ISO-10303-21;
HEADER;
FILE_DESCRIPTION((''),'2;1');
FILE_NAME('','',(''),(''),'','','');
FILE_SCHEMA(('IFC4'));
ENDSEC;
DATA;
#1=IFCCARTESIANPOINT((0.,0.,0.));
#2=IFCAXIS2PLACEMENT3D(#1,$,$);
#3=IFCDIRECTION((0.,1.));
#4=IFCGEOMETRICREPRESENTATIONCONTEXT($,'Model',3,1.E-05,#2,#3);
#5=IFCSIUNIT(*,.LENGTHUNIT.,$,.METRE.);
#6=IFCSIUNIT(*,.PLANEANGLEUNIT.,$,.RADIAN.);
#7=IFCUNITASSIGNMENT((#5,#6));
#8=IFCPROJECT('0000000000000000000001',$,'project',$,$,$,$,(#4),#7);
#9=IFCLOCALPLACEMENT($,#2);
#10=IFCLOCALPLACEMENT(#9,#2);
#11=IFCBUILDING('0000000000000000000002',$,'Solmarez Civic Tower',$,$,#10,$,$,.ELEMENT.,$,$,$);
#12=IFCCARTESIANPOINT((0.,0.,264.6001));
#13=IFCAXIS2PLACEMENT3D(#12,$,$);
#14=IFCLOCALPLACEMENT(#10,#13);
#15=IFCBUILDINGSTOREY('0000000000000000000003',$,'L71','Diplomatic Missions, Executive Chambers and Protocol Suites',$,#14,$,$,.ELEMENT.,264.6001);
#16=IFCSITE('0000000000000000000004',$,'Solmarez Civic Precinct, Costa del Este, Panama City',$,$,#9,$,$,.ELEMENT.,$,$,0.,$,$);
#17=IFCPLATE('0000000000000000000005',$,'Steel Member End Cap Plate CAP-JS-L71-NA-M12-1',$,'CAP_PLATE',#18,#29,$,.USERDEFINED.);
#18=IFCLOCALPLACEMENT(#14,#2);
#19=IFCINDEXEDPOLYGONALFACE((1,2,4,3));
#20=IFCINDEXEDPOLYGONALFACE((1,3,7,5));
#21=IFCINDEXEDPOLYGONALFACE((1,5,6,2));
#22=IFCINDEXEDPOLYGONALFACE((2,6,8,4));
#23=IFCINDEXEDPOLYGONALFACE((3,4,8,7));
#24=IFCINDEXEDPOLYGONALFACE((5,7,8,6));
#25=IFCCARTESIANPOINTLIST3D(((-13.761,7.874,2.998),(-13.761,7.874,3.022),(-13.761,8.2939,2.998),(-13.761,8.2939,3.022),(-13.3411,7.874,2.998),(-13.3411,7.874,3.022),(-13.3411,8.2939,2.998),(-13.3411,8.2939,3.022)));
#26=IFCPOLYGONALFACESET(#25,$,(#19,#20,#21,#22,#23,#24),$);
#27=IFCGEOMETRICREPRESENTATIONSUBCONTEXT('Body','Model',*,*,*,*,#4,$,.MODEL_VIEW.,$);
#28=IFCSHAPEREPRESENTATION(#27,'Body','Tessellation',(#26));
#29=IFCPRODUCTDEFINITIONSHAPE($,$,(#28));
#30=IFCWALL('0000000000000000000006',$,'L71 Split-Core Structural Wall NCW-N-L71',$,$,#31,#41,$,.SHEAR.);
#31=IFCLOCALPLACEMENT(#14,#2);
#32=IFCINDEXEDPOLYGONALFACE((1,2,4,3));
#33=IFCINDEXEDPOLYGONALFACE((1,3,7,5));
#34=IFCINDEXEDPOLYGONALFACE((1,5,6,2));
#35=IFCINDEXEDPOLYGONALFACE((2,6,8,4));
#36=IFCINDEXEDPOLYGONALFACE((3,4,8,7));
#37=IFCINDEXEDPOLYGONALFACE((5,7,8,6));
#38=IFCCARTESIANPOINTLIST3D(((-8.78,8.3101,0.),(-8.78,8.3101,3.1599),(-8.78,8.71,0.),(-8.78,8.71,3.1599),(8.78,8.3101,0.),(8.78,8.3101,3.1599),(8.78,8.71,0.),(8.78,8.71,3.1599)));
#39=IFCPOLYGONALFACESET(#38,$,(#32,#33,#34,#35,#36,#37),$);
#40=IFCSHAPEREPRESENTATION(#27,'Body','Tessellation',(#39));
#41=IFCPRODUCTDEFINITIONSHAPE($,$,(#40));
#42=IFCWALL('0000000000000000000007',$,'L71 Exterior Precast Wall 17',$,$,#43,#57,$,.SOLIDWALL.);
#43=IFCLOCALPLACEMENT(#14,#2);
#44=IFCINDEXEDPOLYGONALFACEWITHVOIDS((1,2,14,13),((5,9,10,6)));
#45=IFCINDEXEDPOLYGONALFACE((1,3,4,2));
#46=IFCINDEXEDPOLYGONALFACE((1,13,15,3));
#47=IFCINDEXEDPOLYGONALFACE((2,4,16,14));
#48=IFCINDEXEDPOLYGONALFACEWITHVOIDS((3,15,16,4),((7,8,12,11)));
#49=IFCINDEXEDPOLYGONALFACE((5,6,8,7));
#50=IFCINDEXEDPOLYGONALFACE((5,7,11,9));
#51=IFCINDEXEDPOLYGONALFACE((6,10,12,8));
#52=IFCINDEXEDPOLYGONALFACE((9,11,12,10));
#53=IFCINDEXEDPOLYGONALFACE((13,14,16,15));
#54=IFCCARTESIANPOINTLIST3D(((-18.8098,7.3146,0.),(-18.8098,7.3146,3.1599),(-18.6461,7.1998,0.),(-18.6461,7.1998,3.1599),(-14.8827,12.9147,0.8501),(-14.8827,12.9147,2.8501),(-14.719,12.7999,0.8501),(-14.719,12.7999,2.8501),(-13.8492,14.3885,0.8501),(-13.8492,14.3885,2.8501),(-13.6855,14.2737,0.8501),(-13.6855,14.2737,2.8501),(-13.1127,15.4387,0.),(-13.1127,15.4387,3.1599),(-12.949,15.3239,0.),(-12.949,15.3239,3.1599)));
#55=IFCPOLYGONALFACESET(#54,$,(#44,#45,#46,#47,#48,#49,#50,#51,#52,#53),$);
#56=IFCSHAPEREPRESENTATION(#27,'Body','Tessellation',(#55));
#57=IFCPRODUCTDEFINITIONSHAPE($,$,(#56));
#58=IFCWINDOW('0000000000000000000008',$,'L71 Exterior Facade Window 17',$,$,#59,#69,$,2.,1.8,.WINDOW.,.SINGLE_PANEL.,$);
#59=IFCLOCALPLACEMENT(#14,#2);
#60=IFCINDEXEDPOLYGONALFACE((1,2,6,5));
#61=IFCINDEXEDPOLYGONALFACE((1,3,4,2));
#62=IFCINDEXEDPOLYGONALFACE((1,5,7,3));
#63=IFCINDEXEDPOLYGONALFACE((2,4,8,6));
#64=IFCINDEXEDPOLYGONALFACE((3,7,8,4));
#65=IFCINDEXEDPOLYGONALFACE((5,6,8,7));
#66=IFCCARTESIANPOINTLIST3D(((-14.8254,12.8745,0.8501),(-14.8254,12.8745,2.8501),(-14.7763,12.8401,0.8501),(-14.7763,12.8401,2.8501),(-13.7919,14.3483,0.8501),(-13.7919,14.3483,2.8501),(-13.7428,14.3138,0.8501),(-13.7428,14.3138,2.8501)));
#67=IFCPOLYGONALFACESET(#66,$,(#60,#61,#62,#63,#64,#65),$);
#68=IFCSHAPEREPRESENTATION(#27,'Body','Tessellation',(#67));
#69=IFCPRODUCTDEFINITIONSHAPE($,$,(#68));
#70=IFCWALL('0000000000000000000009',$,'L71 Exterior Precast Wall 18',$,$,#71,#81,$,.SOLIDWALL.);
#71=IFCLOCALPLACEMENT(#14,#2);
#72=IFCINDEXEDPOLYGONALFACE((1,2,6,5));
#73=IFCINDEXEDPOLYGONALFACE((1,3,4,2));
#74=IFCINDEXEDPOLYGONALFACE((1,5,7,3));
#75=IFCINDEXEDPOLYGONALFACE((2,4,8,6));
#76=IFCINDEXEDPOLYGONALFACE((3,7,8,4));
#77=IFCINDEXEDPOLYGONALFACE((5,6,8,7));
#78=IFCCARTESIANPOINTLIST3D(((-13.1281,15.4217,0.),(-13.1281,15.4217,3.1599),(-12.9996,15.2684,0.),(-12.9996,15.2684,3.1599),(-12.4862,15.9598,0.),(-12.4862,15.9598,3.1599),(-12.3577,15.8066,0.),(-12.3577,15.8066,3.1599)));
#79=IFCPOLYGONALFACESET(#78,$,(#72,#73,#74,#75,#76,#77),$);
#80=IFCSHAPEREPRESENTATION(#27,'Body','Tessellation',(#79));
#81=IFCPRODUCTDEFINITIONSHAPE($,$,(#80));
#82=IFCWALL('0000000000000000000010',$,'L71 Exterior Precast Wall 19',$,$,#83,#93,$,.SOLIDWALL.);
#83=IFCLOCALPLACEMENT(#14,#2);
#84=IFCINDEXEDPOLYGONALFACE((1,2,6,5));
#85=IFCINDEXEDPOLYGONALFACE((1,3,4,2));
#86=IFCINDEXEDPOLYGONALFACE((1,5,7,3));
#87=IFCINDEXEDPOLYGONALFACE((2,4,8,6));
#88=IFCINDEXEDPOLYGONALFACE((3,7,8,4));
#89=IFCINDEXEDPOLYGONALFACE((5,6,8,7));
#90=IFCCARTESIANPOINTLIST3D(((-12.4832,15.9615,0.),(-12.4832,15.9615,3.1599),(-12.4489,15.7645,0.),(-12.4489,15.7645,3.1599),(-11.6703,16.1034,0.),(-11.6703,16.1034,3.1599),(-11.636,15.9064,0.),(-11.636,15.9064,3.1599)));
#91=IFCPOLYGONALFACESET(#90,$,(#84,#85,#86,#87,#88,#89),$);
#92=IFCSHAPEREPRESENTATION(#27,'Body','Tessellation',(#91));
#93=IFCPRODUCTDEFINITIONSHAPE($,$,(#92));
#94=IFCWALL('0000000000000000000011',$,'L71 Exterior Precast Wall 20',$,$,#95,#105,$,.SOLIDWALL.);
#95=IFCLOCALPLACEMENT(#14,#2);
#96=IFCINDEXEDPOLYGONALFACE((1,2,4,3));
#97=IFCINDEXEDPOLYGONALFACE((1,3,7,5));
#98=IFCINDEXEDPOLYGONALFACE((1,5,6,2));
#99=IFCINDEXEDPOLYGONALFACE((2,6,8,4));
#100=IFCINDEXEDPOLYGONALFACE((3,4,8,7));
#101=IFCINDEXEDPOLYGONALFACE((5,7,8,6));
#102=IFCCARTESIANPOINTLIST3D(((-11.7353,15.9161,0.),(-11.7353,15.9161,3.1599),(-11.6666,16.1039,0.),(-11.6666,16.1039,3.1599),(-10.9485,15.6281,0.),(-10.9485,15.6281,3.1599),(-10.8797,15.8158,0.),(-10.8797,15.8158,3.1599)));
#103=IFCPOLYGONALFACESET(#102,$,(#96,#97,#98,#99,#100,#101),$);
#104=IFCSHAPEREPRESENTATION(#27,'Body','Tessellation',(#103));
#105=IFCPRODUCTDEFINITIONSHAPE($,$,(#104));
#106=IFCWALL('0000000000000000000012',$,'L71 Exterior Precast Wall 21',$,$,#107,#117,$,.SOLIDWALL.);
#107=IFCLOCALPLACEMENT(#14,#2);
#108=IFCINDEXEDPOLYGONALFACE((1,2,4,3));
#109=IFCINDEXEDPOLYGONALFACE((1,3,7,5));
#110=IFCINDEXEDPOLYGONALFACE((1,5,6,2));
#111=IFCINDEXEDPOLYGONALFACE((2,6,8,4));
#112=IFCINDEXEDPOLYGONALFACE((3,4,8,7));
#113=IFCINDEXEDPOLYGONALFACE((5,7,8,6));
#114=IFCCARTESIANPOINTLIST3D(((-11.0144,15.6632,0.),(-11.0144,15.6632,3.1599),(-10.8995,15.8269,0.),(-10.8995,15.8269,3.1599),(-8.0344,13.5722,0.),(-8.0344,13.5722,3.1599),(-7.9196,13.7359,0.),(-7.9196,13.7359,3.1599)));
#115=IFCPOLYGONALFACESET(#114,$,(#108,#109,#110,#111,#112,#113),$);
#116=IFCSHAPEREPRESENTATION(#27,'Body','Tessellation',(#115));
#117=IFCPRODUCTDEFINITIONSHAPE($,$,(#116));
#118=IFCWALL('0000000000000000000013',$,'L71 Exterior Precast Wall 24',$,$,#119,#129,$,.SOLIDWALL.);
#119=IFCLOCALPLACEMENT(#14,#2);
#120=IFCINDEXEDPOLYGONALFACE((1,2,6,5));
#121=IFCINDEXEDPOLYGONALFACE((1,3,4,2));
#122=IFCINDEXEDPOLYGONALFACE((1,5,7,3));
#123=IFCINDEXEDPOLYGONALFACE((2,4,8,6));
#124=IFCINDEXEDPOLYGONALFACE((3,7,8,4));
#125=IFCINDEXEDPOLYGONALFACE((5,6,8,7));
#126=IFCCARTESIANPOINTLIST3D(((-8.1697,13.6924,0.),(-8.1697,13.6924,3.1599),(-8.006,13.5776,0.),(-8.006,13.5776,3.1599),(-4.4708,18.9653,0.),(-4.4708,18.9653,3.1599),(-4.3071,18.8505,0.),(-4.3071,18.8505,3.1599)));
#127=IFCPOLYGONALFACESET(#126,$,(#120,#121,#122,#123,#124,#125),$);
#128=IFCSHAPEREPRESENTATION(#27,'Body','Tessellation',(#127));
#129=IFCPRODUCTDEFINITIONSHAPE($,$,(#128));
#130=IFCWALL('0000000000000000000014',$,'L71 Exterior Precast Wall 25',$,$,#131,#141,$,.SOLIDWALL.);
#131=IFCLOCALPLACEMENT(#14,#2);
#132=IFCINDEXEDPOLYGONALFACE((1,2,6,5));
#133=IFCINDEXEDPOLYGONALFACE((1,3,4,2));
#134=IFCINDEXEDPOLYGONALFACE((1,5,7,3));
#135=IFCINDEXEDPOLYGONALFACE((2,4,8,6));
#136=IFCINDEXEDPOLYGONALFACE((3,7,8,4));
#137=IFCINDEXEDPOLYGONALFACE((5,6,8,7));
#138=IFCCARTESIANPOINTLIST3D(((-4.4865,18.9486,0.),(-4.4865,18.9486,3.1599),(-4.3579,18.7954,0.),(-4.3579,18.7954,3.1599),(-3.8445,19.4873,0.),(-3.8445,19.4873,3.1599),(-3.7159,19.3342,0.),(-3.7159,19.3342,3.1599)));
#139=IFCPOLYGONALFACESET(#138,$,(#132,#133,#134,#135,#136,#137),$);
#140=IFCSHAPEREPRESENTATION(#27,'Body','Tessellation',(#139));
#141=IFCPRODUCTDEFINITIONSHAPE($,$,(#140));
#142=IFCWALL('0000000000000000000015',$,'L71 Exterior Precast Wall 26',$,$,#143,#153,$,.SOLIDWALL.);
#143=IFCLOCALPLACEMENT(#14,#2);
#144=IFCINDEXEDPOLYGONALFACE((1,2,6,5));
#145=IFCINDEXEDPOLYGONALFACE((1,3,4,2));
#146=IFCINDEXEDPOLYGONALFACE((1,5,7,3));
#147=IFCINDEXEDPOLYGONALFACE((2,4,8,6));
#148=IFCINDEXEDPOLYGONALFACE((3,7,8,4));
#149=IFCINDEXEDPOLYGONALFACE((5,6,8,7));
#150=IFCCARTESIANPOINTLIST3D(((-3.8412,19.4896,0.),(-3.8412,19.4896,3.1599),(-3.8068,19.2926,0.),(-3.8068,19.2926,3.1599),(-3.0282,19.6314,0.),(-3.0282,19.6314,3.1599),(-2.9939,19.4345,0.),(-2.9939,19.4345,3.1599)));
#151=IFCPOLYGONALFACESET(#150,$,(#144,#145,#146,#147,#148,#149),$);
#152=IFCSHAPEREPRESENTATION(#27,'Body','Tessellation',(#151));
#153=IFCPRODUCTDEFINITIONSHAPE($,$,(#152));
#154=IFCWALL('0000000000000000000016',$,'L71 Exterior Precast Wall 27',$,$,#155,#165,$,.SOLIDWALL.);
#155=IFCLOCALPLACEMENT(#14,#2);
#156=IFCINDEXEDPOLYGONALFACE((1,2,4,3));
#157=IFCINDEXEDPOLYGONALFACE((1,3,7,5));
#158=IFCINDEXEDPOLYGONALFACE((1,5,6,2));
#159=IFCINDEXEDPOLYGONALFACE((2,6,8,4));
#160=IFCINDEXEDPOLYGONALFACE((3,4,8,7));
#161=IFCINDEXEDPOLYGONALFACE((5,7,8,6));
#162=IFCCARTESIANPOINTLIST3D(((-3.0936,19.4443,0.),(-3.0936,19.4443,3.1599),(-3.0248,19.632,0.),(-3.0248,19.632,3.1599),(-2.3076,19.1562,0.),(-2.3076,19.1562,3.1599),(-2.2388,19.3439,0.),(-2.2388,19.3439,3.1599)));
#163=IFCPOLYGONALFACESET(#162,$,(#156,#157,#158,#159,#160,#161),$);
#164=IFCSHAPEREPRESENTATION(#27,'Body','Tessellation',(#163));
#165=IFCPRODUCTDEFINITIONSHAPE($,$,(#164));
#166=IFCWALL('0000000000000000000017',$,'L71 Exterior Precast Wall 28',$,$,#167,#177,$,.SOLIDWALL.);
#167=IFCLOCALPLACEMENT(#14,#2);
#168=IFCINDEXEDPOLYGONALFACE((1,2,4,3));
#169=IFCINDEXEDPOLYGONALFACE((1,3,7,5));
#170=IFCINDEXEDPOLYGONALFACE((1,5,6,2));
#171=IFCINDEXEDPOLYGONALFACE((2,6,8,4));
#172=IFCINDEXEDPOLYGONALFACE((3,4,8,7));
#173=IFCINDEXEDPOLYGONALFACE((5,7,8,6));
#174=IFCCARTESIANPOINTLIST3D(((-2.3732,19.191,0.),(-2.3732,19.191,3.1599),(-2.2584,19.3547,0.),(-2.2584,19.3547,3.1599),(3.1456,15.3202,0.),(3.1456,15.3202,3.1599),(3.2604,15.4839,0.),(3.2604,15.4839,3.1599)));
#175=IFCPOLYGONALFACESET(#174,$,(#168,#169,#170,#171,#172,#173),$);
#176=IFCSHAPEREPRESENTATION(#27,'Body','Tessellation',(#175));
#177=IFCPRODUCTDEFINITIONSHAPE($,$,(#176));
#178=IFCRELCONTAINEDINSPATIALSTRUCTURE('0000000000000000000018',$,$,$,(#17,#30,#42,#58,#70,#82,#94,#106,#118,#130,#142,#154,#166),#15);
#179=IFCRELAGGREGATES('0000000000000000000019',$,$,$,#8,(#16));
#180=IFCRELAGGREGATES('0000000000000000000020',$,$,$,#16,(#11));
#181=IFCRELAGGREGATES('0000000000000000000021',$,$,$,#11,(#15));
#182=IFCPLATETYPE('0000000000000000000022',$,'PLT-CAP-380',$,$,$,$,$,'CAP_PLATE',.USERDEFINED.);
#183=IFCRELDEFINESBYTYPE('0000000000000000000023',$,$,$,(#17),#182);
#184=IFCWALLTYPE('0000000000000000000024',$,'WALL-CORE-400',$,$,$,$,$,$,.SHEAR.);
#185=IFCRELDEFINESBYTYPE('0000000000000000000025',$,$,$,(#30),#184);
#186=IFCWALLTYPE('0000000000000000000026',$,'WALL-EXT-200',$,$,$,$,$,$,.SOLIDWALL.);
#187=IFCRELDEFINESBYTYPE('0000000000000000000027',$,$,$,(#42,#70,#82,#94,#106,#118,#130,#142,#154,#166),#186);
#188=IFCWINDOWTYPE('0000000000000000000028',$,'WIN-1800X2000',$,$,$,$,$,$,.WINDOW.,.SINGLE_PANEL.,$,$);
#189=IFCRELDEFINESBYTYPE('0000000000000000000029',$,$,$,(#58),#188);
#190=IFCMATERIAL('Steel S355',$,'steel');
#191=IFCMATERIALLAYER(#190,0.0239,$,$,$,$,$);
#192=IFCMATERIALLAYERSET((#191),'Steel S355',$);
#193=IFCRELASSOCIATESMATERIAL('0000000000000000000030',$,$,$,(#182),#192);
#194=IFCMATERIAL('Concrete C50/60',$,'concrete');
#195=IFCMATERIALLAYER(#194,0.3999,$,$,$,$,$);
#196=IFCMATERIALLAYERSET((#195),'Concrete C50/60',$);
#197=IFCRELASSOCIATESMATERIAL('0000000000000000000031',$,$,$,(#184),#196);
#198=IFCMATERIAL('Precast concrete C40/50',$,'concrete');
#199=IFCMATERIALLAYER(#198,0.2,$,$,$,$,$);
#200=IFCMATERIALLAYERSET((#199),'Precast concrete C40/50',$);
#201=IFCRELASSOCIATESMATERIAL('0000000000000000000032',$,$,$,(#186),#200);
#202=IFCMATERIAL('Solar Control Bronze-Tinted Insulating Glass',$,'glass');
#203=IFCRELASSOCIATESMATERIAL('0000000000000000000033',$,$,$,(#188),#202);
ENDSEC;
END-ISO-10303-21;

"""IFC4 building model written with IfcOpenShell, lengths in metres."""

from ifc_helpers import new_model, si_unit, direction, frame, frame_2d, origin, origin_2d, place, context, subcontext, project, spatial, rectangle, extrude, material, layer, layer_set, type_object, element, fill, save


model = new_model("IFC4")

# Units and contexts
model_context = context("Model", 3, precision=1e-05, world=origin(), true_north=direction((0.0, 1.0)))
body_context = subcontext(model_context, "Body", "Model", "MODEL_VIEW")
ifc_project = project(units=[si_unit("LENGTHUNIT", "METRE"), si_unit("PLANEANGLEUNIT", "RADIAN")], contexts=[model_context])

# Site, building, storey
site_placement = place(None, origin())
site = spatial("IfcSite", under=ifc_project, at=site_placement, Name="Solmarez Civic Precinct, Costa del Este, Panama City", CompositionType="ELEMENT", RefElevation=0.0)
building_placement = place(site_placement, origin())
building = spatial("IfcBuilding", under=site, at=building_placement, Name="Solmarez Civic Tower", CompositionType="ELEMENT")
storey_placement = place(building_placement, frame((0.0, 0.0, 264.6001)))
storey = spatial("IfcBuildingStorey", under=building, at=storey_placement, Name="L71", Description="Diplomatic Missions, Executive Chambers and Protocol Suites", CompositionType="ELEMENT", Elevation=264.6001)

# Shared definitions
ifc_material_1 = material(Name="Concrete C50/60", Category="concrete")

# Shared definitions
ifc_material_2 = material(Name="Steel S355", Category="steel")

# Plate
ifc_layer_1 = layer(ifc_material_2, 0.0239)
ifc_layer_set_1 = layer_set([ifc_layer_1], Name="Steel S355")
plate_type = type_object("IfcPlateType", Name="PLT-CAP-380", ElementType="CAP_PLATE", PredefinedType="USERDEFINED", material=ifc_layer_set_1)
for number, where, z_axis, x_axis, name in (
    (1, (-13.551, 8.084, 2.998), (0.0, 0.0, 1.0), (1.0, 0.0, 0.0), "Steel Member End Cap Plate CAP-JS-L71-NA-M12-1"),
):
    element("IfcPlate", number, at=place(storey_placement, frame(where, z_axis=z_axis, x_axis=x_axis)), inside=storey, type_object=plate_type, Name=name, ObjectType="CAP_PLATE", PredefinedType="USERDEFINED", context=body_context, shape_type="SweptSolid", body=[
        extrude(rectangle(XDim=0.4199, YDim=0.4199, at=origin_2d()), origin(), (0.0, 0.0, 1.0), 0.0239),
    ])

# Wall
ifc_layer_2 = layer(ifc_material_1, 0.3999)
ifc_layer_set_2 = layer_set([ifc_layer_2], Name="Concrete C50/60")
wall_type_1 = type_object("IfcWallType", Name="WALL-CORE-400", PredefinedType="SHEAR", material=ifc_layer_set_2)
wall_1_placement = place(storey_placement, frame((-8.78, 8.51, 0.0), z_axis=(0.0, 0.0, 1.0), x_axis=(1.0, 0.0, 0.0)))
element("IfcWall", 2, at=wall_1_placement, inside=storey, type_object=wall_type_1, Name="L71 Split-Core Structural Wall NCW-N-L71", PredefinedType="SHEAR", context=body_context, shape_type="SweptSolid", body=[
    extrude(rectangle(XDim=17.5601, YDim=0.3999, at=frame_2d((8.78, 0.0))), origin(), (0.0, 0.0, 1.0), 3.1599),
])

# Wall, opening, window
ifc_material_3 = material(Name="Precast concrete C40/50", Category="concrete")
ifc_layer_3 = layer(ifc_material_3, 0.2)
ifc_layer_set_3 = layer_set([ifc_layer_3], Name="Precast concrete C40/50")
wall_type_2 = type_object("IfcWallType", Name="WALL-EXT-200", PredefinedType="SOLIDWALL", material=ifc_layer_set_3)
wall_2_placement = place(storey_placement, frame((-18.728, 7.2571, 0.0), z_axis=(0.0, 0.0, 1.0), x_axis=(0.574152, 0.818748, 0.0)))
wall_2 = element("IfcWall", 3, at=wall_2_placement, inside=storey, type_object=wall_type_2, Name="L71 Exterior Precast Wall 17", PredefinedType="SOLIDWALL", context=body_context, shape_type="SweptSolid", body=[
    extrude(rectangle(XDim=9.9226, YDim=0.2, at=frame_2d((4.9614, 0.0))), origin(), (0.0, 0.0, 1.0), 3.1599),
])
opening_placement = place(wall_2_placement, frame((6.8401, 0.0, 0.8501)))
opening = element("IfcOpeningElement", 4, at=opening_placement, cuts=wall_2, PredefinedType="OPENING", context=body_context, shape_type="SweptSolid", body=[
    extrude(rectangle(XDim=1.8, YDim=2.0, at=frame_2d((0.8999, 1.0))), frame((0.0, 0.1099, 0.0), z_axis=(0.0, -1.0, 0.0), x_axis=(1.0, 0.0, 0.0)), (0.0, 0.0, 1.0), 0.22),
])
ifc_material_4 = material(Name="Solar Control Bronze-Tinted Insulating Glass", Category="glass")
window_type = type_object("IfcWindowType", Name="WIN-1800X2000", PartitioningType="SINGLE_PANEL", PredefinedType="WINDOW", material=ifc_material_4)
window_placement = place(opening_placement, origin())
window = element("IfcWindow", 5, at=window_placement, inside=storey, type_object=window_type, Name="L71 Exterior Facade Window 17", OverallHeight=2.0, OverallWidth=1.8, PartitioningType="SINGLE_PANEL", PredefinedType="WINDOW", context=body_context, shape_type="SweptSolid", body=[
    extrude(rectangle(XDim=1.8, YDim=2.0, at=frame_2d((0.8999, 1.0))), frame((0.0, 0.03, 0.0), z_axis=(0.0, -1.0, 0.0), x_axis=(1.0, 0.0, 0.0)), (0.0, 0.0, 1.0), 0.0601),
])
fill(opening, window)

# Walls
wall_3_placement = place(storey_placement, frame((-13.064, 15.345, 0.0), z_axis=(0.0, 0.0, 1.0), x_axis=(0.76633, 0.642447, 0.0)))
element("IfcWall", 6, at=wall_3_placement, inside=storey, type_object=wall_type_2, Name="L71 Exterior Precast Wall 18", PredefinedType="SOLIDWALL", context=body_context, shape_type="SweptSolid", body=[
    extrude(rectangle(XDim=0.8376, YDim=0.2, at=frame_2d((0.4189, 0.0))), origin(), (0.0, 0.0, 1.0), 3.1599),
])
wall_4_placement = place(storey_placement, frame((-12.4661, 15.863, 0.0), z_axis=(0.0, 0.0, 1.0), x_axis=(0.985118, 0.171878, 0.0)))
element("IfcWall", 7, at=wall_4_placement, inside=storey, type_object=wall_type_2, Name="L71 Exterior Precast Wall 19", PredefinedType="SOLIDWALL", context=body_context, shape_type="SweptSolid", body=[
    extrude(rectangle(XDim=0.8252, YDim=0.2, at=frame_2d((0.4126, 0.0))), origin(), (0.0, 0.0, 1.0), 3.1599),
])
wall_5_placement = place(storey_placement, frame((-11.7009, 16.01, 0.0), z_axis=(0.0, 0.0, 1.0), x_axis=(0.939043, -0.343801, 0.0)))
element("IfcWall", 8, at=wall_5_placement, inside=storey, type_object=wall_type_2, Name="L71 Exterior Precast Wall 20", PredefinedType="SOLIDWALL", context=body_context, shape_type="SweptSolid", body=[
    extrude(rectangle(XDim=0.8379, YDim=0.2, at=frame_2d((0.4189, 0.0))), origin(), (0.0, 0.0, 1.0), 3.1599),
])
wall_6_placement = place(storey_placement, frame((-10.957, 15.7451, 0.0), z_axis=(0.0, 0.0, 1.0), x_axis=(0.818576, -0.574398, 0.0)))
element("IfcWall", 9, at=wall_6_placement, inside=storey, type_object=wall_type_2, Name="L71 Exterior Precast Wall 21", PredefinedType="SOLIDWALL", context=body_context, shape_type="SweptSolid", body=[
    extrude(rectangle(XDim=3.6404, YDim=0.2, at=frame_2d((1.8203, 0.0))), origin(), (0.0, 0.0, 1.0), 3.1599),
])
wall_7_placement = place(storey_placement, frame((-8.0879, 13.635, 0.0), z_axis=(0.0, 0.0, 1.0), x_axis=(0.574286, 0.818655, 0.0)))
element("IfcWall", 10, at=wall_7_placement, inside=storey, type_object=wall_type_2, Name="L71 Exterior Precast Wall 24", PredefinedType="SOLIDWALL", context=body_context, shape_type="SweptSolid", body=[
    extrude(rectangle(XDim=6.4409, YDim=0.2, at=frame_2d((3.2205, 0.0))), origin(), (0.0, 0.0, 1.0), 3.1599),
])
wall_8_placement = place(storey_placement, frame((-4.4221, 18.8721, 0.0), z_axis=(0.0, 0.0, 1.0), x_axis=(0.76602, 0.642816, 0.0)))
element("IfcWall", 11, at=wall_8_placement, inside=storey, type_object=wall_type_2, Name="L71 Exterior Precast Wall 25", PredefinedType="SOLIDWALL", context=body_context, shape_type="SweptSolid", body=[
    extrude(rectangle(XDim=0.8381, YDim=0.2, at=frame_2d((0.4189, 0.0))), origin(), (0.0, 0.0, 1.0), 3.1599),
])
wall_9_placement = place(storey_placement, frame((-3.824, 19.3911, 0.0), z_axis=(0.0, 0.0, 1.0), x_axis=(0.985118, 0.171878, 0.0)))
element("IfcWall", 12, at=wall_9_placement, inside=storey, type_object=wall_type_2, Name="L71 Exterior Precast Wall 26", PredefinedType="SOLIDWALL", context=body_context, shape_type="SweptSolid", body=[
    extrude(rectangle(XDim=0.8252, YDim=0.2, at=frame_2d((0.4126, 0.0))), origin(), (0.0, 0.0, 1.0), 3.1599),
])
wall_10_placement = place(storey_placement, frame((-3.0591, 19.5381, 0.0), z_axis=(0.0, 0.0, 1.0), x_axis=(0.938939, -0.344083, 0.0)))
element("IfcWall", 13, at=wall_10_placement, inside=storey, type_object=wall_type_2, Name="L71 Exterior Precast Wall 27", PredefinedType="SOLIDWALL", context=body_context, shape_type="SweptSolid", body=[
    extrude(rectangle(XDim=0.8372, YDim=0.2, at=frame_2d((0.4185, 0.0))), origin(), (0.0, 0.0, 1.0), 3.1599),
])
wall_11_placement = place(storey_placement, frame((-2.3159, 19.2729, 0.0), z_axis=(0.0, 0.0, 1.0), x_axis=(0.818696, -0.574228, 0.0)))
element("IfcWall", 14, at=wall_11_placement, inside=storey, type_object=wall_type_2, Name="L71 Exterior Precast Wall 28", PredefinedType="SOLIDWALL", context=body_context, shape_type="SweptSolid", body=[
    extrude(rectangle(XDim=6.741, YDim=0.2, at=frame_2d((3.3706, 0.0))), origin(), (0.0, 0.0, 1.0), 3.1599),
])

save(model, "model.ifc")
